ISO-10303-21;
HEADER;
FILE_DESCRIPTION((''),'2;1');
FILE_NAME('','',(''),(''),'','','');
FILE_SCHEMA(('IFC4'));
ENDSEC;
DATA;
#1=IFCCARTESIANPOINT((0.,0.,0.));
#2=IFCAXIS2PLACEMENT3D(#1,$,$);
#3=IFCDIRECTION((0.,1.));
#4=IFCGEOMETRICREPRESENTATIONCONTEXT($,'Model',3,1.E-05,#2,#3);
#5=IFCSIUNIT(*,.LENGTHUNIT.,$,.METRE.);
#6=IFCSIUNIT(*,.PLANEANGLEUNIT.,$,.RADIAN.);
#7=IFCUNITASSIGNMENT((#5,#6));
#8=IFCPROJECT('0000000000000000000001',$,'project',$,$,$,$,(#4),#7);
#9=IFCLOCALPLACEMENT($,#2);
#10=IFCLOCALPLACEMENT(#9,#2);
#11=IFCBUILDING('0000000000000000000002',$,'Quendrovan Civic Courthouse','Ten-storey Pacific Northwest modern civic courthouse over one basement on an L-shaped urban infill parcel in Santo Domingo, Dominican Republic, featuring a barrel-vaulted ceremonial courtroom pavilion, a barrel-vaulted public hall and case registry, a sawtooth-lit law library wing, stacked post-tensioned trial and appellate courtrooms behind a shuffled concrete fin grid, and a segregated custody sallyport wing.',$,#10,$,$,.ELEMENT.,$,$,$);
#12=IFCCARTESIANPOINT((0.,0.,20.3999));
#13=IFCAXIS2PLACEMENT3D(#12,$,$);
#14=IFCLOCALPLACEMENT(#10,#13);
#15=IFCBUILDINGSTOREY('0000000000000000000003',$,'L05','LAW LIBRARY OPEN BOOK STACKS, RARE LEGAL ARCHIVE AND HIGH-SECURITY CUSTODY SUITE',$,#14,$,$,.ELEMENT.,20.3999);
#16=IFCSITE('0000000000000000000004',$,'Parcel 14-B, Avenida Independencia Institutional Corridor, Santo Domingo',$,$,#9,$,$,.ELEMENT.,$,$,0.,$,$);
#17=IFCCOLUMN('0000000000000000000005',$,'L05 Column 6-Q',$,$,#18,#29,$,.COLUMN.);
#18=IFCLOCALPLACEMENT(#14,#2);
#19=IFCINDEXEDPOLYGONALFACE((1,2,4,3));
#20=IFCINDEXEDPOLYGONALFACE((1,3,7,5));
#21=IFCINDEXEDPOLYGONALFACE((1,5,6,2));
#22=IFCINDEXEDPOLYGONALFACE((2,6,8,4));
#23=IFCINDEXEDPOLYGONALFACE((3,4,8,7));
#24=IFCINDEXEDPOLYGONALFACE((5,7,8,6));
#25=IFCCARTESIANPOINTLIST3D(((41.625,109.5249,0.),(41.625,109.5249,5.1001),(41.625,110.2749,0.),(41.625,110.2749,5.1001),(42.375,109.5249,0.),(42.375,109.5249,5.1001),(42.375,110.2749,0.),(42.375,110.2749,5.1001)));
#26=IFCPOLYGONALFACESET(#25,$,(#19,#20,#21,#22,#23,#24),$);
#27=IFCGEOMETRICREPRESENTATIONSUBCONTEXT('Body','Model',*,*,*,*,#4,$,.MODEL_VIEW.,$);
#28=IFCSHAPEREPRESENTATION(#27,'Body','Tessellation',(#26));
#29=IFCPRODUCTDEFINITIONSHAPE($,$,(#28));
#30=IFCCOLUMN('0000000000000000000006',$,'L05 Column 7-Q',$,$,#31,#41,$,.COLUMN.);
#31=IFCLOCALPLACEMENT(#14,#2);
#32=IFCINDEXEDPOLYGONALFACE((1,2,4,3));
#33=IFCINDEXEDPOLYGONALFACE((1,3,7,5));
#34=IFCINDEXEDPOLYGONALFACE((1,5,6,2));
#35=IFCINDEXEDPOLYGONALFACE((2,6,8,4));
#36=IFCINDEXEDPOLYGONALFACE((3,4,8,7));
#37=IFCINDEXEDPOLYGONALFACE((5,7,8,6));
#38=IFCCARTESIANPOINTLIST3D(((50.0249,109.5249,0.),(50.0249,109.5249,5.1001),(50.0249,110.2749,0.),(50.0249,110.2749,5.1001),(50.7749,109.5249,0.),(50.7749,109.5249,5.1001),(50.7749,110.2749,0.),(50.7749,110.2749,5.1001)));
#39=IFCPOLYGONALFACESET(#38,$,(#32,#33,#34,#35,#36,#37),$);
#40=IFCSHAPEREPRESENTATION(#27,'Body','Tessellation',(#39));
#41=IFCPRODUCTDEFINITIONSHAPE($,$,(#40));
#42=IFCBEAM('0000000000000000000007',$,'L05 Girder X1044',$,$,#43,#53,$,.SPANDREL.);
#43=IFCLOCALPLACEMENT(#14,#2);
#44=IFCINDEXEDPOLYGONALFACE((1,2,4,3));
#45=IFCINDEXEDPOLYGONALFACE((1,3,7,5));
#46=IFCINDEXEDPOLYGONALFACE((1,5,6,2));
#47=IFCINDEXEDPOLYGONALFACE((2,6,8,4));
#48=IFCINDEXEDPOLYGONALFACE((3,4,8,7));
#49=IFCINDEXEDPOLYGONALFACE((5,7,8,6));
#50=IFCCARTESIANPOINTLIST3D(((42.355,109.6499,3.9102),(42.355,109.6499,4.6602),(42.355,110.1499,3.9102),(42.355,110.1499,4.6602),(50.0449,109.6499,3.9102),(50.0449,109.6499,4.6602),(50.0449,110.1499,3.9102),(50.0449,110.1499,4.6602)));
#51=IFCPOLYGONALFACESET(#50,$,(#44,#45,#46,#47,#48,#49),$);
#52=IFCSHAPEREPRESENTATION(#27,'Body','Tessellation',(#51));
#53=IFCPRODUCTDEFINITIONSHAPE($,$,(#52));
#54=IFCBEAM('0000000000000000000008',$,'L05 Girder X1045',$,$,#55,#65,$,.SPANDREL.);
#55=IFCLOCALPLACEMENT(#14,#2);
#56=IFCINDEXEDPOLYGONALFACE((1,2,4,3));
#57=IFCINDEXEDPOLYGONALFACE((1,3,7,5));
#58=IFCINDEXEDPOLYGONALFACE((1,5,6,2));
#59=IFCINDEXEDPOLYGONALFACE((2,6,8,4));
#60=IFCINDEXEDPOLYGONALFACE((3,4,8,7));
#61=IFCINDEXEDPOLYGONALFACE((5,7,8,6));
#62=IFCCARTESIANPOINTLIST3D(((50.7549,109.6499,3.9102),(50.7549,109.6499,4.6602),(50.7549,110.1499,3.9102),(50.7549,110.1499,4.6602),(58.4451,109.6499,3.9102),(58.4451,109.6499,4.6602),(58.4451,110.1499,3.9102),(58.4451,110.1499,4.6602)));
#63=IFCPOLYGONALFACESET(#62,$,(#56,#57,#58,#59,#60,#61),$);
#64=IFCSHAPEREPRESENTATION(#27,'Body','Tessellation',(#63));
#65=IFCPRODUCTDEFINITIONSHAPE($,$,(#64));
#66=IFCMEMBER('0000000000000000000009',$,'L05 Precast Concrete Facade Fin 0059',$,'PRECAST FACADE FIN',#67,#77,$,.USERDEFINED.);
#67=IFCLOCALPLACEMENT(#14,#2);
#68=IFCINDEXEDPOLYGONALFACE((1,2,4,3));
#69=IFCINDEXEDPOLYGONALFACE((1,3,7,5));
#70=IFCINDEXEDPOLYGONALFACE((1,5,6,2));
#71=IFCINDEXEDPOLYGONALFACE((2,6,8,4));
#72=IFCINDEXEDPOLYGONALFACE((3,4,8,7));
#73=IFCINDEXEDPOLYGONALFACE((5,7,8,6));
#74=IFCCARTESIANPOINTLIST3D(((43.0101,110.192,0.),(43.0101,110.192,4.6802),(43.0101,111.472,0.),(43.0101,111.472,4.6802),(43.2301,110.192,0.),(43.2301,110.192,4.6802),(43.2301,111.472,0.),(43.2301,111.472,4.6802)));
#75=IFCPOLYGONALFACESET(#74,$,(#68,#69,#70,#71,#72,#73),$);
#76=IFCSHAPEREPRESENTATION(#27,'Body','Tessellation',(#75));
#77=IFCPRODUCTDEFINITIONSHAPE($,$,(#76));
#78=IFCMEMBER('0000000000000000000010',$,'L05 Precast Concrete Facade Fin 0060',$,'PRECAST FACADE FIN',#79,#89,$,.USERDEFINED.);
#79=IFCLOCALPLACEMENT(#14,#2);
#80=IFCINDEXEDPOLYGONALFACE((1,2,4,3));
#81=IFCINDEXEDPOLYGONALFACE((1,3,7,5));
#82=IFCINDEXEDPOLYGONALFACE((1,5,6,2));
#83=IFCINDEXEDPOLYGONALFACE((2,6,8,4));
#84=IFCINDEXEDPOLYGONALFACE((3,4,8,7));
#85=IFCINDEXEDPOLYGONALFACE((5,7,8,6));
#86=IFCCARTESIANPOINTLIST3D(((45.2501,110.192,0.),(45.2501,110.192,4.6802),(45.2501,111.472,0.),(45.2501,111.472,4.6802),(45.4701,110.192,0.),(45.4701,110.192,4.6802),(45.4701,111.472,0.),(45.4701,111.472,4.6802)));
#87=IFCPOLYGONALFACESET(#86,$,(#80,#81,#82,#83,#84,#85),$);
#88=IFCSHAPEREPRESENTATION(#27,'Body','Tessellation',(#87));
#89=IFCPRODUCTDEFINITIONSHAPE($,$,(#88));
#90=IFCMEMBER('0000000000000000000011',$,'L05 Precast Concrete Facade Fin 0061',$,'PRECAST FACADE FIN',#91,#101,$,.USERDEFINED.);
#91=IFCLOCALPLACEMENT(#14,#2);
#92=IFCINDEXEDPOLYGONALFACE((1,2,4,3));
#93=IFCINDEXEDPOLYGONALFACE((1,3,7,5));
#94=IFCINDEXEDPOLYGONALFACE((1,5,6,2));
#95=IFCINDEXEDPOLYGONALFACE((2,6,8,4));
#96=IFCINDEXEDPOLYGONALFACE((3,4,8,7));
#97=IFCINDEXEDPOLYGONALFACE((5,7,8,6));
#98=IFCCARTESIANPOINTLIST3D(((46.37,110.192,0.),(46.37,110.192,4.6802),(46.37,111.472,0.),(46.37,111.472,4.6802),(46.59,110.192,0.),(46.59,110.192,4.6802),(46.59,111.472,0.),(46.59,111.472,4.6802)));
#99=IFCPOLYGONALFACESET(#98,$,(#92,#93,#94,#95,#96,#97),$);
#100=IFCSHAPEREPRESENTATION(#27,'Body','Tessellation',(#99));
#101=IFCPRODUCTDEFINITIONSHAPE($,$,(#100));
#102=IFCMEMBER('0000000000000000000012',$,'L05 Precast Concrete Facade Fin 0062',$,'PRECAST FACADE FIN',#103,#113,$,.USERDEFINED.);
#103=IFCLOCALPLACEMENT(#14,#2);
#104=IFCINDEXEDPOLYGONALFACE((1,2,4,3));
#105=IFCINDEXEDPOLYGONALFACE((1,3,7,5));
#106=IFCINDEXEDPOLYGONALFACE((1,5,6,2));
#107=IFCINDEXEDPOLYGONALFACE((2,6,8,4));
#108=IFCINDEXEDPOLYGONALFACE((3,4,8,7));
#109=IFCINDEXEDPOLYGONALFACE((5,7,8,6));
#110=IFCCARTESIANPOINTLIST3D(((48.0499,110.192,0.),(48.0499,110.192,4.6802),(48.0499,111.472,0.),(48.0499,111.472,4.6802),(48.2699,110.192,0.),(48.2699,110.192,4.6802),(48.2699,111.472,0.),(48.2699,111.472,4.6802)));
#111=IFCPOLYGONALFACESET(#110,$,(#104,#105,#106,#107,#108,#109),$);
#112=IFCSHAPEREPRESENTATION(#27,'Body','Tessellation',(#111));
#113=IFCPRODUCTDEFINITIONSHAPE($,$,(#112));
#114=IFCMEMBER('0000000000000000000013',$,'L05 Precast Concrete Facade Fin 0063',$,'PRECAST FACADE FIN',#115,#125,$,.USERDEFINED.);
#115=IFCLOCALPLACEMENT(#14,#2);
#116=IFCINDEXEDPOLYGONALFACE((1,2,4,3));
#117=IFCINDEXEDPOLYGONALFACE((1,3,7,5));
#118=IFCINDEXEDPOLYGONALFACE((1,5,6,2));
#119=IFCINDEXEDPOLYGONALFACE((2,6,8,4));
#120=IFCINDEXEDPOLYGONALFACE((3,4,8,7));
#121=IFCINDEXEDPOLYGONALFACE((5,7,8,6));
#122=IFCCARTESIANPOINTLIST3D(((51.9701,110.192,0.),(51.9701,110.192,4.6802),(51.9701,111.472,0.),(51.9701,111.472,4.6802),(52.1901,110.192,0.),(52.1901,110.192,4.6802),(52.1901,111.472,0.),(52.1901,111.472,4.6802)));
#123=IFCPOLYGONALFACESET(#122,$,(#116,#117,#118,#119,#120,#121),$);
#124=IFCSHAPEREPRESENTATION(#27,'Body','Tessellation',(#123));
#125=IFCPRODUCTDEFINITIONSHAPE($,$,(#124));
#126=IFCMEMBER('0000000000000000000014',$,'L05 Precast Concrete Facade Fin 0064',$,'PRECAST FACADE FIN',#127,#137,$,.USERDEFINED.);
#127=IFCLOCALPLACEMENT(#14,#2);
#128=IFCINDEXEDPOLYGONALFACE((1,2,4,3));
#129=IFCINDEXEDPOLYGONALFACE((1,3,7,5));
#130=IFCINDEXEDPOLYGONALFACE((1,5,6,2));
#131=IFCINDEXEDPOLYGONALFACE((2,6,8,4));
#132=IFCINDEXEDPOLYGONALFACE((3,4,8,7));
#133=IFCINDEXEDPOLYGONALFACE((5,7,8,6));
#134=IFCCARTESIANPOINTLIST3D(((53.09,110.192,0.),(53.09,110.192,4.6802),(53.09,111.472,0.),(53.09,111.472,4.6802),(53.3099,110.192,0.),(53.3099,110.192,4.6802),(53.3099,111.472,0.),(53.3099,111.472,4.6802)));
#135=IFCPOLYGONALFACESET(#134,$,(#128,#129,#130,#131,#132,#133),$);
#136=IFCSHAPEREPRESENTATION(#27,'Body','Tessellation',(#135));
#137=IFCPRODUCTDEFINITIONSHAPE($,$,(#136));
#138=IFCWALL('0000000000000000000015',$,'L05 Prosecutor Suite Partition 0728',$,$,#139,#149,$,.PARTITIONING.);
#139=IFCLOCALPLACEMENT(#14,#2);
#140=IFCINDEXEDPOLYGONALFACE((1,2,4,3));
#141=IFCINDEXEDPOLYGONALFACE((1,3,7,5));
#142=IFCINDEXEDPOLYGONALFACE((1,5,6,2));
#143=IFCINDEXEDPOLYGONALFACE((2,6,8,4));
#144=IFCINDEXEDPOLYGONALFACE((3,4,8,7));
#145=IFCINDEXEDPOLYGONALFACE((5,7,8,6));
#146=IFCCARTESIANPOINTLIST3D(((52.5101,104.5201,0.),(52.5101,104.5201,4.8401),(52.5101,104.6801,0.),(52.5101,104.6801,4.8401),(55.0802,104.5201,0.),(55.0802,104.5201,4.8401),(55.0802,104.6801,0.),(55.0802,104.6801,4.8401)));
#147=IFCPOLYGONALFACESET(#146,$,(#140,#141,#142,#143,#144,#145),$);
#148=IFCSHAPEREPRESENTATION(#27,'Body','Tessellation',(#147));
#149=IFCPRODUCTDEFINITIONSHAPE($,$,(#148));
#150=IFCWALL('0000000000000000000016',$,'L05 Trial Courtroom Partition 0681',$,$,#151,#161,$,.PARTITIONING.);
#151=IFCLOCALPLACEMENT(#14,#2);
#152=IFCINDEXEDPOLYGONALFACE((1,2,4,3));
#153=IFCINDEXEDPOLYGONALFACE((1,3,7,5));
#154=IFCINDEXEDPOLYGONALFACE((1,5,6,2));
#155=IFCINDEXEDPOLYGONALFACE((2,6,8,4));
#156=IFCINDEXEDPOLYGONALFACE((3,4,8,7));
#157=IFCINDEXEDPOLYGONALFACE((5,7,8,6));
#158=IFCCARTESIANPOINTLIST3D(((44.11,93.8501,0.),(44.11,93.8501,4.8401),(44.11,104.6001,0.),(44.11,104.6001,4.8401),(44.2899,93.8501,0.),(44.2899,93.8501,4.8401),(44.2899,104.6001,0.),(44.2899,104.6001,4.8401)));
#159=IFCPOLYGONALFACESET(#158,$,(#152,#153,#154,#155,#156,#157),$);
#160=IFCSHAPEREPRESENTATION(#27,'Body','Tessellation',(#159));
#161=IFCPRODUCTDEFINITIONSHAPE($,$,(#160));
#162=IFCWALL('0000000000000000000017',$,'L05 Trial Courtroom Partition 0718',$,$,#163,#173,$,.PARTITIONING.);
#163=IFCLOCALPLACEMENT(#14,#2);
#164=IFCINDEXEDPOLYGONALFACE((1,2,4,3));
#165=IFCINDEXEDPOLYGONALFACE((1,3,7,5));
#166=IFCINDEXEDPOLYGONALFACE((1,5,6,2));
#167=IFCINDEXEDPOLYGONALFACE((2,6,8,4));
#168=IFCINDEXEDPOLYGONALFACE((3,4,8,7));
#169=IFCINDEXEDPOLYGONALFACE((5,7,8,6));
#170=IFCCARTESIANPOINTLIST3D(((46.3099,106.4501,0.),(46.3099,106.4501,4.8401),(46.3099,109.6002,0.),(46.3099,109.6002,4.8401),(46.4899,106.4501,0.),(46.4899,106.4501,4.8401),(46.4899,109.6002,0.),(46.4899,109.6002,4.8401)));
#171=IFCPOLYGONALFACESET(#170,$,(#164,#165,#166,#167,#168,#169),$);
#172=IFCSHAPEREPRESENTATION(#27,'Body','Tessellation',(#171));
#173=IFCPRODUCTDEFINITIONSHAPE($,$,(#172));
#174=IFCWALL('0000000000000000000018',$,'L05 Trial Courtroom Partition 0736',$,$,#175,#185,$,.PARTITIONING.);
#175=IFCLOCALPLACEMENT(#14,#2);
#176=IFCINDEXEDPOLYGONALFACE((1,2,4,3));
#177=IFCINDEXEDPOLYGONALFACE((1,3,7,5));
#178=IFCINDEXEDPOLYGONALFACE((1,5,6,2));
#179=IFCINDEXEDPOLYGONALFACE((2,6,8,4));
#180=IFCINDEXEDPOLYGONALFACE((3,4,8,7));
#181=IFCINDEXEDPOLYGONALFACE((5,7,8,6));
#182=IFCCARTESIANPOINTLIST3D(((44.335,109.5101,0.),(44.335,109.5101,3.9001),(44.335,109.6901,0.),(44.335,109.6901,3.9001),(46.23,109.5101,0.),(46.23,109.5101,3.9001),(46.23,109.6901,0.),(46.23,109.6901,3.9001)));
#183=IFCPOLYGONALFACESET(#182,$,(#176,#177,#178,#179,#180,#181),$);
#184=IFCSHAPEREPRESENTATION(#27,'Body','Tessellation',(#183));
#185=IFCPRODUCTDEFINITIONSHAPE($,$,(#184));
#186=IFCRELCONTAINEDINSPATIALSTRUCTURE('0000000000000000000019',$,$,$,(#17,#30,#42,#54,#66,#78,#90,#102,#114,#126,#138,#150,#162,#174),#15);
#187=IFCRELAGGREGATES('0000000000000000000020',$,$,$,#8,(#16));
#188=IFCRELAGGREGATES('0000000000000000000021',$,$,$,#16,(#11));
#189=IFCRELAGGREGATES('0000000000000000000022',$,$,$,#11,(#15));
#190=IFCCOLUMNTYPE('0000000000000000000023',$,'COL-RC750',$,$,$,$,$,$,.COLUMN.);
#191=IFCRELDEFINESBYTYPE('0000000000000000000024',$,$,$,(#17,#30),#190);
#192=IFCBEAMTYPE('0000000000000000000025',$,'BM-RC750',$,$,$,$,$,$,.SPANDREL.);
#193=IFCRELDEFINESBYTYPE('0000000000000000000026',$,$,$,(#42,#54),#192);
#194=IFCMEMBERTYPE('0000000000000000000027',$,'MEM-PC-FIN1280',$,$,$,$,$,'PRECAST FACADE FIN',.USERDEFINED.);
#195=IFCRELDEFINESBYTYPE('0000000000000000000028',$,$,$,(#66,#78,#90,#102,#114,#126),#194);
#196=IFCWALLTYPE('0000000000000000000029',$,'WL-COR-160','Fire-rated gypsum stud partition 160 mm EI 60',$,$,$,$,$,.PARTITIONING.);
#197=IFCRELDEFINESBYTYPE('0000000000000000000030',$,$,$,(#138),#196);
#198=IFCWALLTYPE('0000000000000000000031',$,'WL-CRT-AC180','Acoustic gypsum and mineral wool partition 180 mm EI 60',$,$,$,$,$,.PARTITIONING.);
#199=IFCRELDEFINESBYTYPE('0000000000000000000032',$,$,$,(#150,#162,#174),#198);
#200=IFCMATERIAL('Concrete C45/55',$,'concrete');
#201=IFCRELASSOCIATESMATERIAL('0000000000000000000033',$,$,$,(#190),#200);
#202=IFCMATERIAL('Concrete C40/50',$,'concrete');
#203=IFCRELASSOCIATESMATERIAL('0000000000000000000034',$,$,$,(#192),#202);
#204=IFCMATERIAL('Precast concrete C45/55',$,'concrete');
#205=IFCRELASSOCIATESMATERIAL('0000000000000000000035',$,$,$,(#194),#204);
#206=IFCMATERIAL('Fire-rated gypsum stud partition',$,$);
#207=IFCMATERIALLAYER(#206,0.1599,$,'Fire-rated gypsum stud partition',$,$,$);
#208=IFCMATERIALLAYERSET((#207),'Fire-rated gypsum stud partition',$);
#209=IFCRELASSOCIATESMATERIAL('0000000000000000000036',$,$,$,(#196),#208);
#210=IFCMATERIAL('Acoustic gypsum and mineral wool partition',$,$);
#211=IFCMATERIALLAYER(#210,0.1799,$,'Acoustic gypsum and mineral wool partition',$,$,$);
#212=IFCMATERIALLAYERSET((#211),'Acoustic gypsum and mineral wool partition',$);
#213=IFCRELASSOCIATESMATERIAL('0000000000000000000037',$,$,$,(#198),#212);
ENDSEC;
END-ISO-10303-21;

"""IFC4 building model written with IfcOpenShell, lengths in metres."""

from ifc_helpers import new_model, si_unit, direction, frame, frame_2d, origin, origin_2d, place, context, subcontext, project, spatial, rectangle, extrude, material, layer, layer_set, material_profile, profile_set, type_object, element, save


model = new_model("IFC4")

# Units and contexts
model_context = context("Model", 3, precision=1e-05, world=origin(), true_north=direction((0.0, 1.0)))
body_context = subcontext(model_context, "Body", "Model", "MODEL_VIEW")
ifc_project = project(units=[si_unit("LENGTHUNIT", "METRE"), si_unit("PLANEANGLEUNIT", "RADIAN")], contexts=[model_context])

# Site, building, storey
site_placement = place(None, origin())
site = spatial("IfcSite", under=ifc_project, at=site_placement, Name="Parcel 14-B, Avenida Independencia Institutional Corridor, Santo Domingo", CompositionType="ELEMENT", RefElevation=0.0)
building_placement = place(site_placement, origin())
building = spatial("IfcBuilding", under=site, at=building_placement, Name="Quendrovan Civic Courthouse", Description="Ten-storey Pacific Northwest modern civic courthouse over one basement on an L-shaped urban infill parcel in Santo Domingo, Dominican Republic, featuring a barrel-vaulted ceremonial courtroom pavilion, a barrel-vaulted public hall and case registry, a sawtooth-lit law library wing, stacked post-tensioned trial and appellate courtrooms behind a shuffled concrete fin grid, and a segregated custody sallyport wing.", CompositionType="ELEMENT")
storey_placement = place(building_placement, frame((0.0, 0.0, 20.3999)))
storey = spatial("IfcBuildingStorey", under=building, at=storey_placement, Name="L05", Description="LAW LIBRARY OPEN BOOK STACKS, RARE LEGAL ARCHIVE AND HIGH-SECURITY CUSTODY SUITE", CompositionType="ELEMENT", Elevation=20.3999)

# Columns
ifc_material_1 = material(Name="Concrete C45/55", Category="concrete")
ifc_material_profile_1 = material_profile(ifc_material_1, rectangle(XDim=0.75, YDim=0.75, at=origin_2d()), Name="RC-COL-750x750")
ifc_profile_set_1 = profile_set([ifc_material_profile_1], Name="Concrete C45/55")
column_type = type_object("IfcColumnType", Name="COL-RC750", PredefinedType="COLUMN", material=ifc_profile_set_1)
for number, where, z_axis, x_axis, name in (
    (1, (42.0, 109.8999, 0.0), (0.0, 0.0, 1.0), (1.0, 0.0, 0.0), "L05 Column 6-Q"),
    (2, (50.3999, 109.8999, 0.0), (0.0, 0.0, 1.0), (1.0, 0.0, 0.0), "L05 Column 7-Q"),
):
    element("IfcColumn", number, at=place(storey_placement, frame(where, z_axis=z_axis, x_axis=x_axis)), inside=storey, type_object=column_type, Name=name, PredefinedType="COLUMN", context=body_context, shape_type="SweptSolid", body=[
        extrude(rectangle(XDim=0.75, YDim=0.75, at=origin_2d()), origin(), (0.0, 0.0, 1.0), 5.1001),
    ])

# Beams
ifc_material_2 = material(Name="Concrete C40/50", Category="concrete")
ifc_material_profile_2 = material_profile(ifc_material_2, rectangle(XDim=0.5, YDim=0.75, at=origin_2d()), Name="RC-BM-500x750")
ifc_profile_set_2 = profile_set([ifc_material_profile_2], Name="Concrete C40/50")
beam_type = type_object("IfcBeamType", Name="BM-RC750", PredefinedType="SPANDREL", material=ifc_profile_set_2)
beam_1_placement = place(storey_placement, frame((42.355, 109.8999, 4.2852), z_axis=(1.0, 0.0, 0.0), x_axis=(0.0, 1.0, 0.0)))
element("IfcBeam", 3, at=beam_1_placement, inside=storey, type_object=beam_type, Name="L05 Girder X1044", PredefinedType="SPANDREL", context=body_context, shape_type="SweptSolid", body=[
    extrude(rectangle(XDim=0.5, YDim=0.75, at=origin_2d()), origin(), (0.0, 0.0, 1.0), 7.6899),
])
beam_2_placement = place(storey_placement, frame((50.7549, 109.8999, 4.2852), z_axis=(1.0, 0.0, 0.0), x_axis=(0.0, 1.0, 0.0)))
element("IfcBeam", 4, at=beam_2_placement, inside=storey, type_object=beam_type, Name="L05 Girder X1045", PredefinedType="SPANDREL", context=body_context, shape_type="SweptSolid", body=[
    extrude(rectangle(XDim=0.5, YDim=0.75, at=origin_2d()), origin(), (0.0, 0.0, 1.0), 7.6902),
])

# Members
ifc_material_3 = material(Name="Precast concrete C45/55", Category="concrete")
ifc_material_profile_3 = material_profile(ifc_material_3, rectangle(XDim=0.22, YDim=1.28, at=origin_2d()), Name="PC-FIN-220x1280")
ifc_profile_set_3 = profile_set([ifc_material_profile_3], Name="Precast concrete C45/55")
member_type = type_object("IfcMemberType", Name="MEM-PC-FIN1280", ElementType="PRECAST FACADE FIN", PredefinedType="USERDEFINED", material=ifc_profile_set_3)
for number, where, z_axis, x_axis, name in (
    (5, (43.1201, 110.832, 0.0), (0.0, 0.0, 1.0), (1.0, 0.0, 0.0), "L05 Precast Concrete Facade Fin 0059"),
    (6, (45.3601, 110.832, 0.0), (0.0, 0.0, 1.0), (1.0, 0.0, 0.0), "L05 Precast Concrete Facade Fin 0060"),
    (7, (46.48, 110.832, 0.0), (0.0, 0.0, 1.0), (1.0, 0.0, 0.0), "L05 Precast Concrete Facade Fin 0061"),
    (8, (48.1599, 110.832, 0.0), (0.0, 0.0, 1.0), (1.0, 0.0, 0.0), "L05 Precast Concrete Facade Fin 0062"),
    (9, (52.0801, 110.832, 0.0), (0.0, 0.0, 1.0), (1.0, 0.0, 0.0), "L05 Precast Concrete Facade Fin 0063"),
    (10, (53.2, 110.832, 0.0), (0.0, 0.0, 1.0), (1.0, 0.0, 0.0), "L05 Precast Concrete Facade Fin 0064"),
):
    element("IfcMember", number, at=place(storey_placement, frame(where, z_axis=z_axis, x_axis=x_axis)), inside=storey, type_object=member_type, Name=name, ObjectType="PRECAST FACADE FIN", PredefinedType="USERDEFINED", context=body_context, shape_type="SweptSolid", body=[
        extrude(rectangle(XDim=0.22, YDim=1.28, at=origin_2d()), origin(), (0.0, 0.0, 1.0), 4.6802),
    ])

# Walls
ifc_material_4 = material(Name="Fire-rated gypsum stud partition")
ifc_layer_1 = layer(ifc_material_4, 0.1599, Name="Fire-rated gypsum stud partition")
ifc_layer_set_1 = layer_set([ifc_layer_1], Name="Fire-rated gypsum stud partition")
wall_type_1 = type_object("IfcWallType", Name="WL-COR-160", Description="Fire-rated gypsum stud partition 160 mm EI 60", PredefinedType="PARTITIONING", material=ifc_layer_set_1)
wall_1_placement = place(storey_placement, frame((52.51, 104.6001, 0.0), z_axis=(0.0, 0.0, 1.0), x_axis=(1.0, 0.0, 0.0)))
element("IfcWall", 11, at=wall_1_placement, inside=storey, type_object=wall_type_1, Name="L05 Prosecutor Suite Partition 0728", PredefinedType="PARTITIONING", context=body_context, shape_type="SweptSolid", body=[
    extrude(rectangle(XDim=2.5701, YDim=0.1599, at=frame_2d((1.2852, 0.0))), origin(), (0.0, 0.0, 1.0), 4.8401),
])
ifc_material_5 = material(Name="Acoustic gypsum and mineral wool partition")
ifc_layer_2 = layer(ifc_material_5, 0.1799, Name="Acoustic gypsum and mineral wool partition")
ifc_layer_set_2 = layer_set([ifc_layer_2], Name="Acoustic gypsum and mineral wool partition")
wall_type_2 = type_object("IfcWallType", Name="WL-CRT-AC180", Description="Acoustic gypsum and mineral wool partition 180 mm EI 60", PredefinedType="PARTITIONING", material=ifc_layer_set_2)
wall_2_placement = place(storey_placement, frame((44.2, 104.6001, 0.0), z_axis=(0.0, 0.0, 1.0), x_axis=(0.0, -1.0, 0.0)))
element("IfcWall", 12, at=wall_2_placement, inside=storey, type_object=wall_type_2, Name="L05 Trial Courtroom Partition 0681", PredefinedType="PARTITIONING", context=body_context, shape_type="SweptSolid", body=[
    extrude(rectangle(XDim=10.75, YDim=0.1799, at=frame_2d((5.375, 0.0))), origin(), (0.0, 0.0, 1.0), 4.8401),
])
wall_3_placement = place(storey_placement, frame((46.3999, 106.45, 0.0), z_axis=(0.0, 0.0, 1.0), x_axis=(0.0, 1.0, 0.0)))
element("IfcWall", 13, at=wall_3_placement, inside=storey, type_object=wall_type_2, Name="L05 Trial Courtroom Partition 0718", PredefinedType="PARTITIONING", context=body_context, shape_type="SweptSolid", body=[
    extrude(rectangle(XDim=3.1501, YDim=0.1799, at=frame_2d((1.5752, 0.0))), origin(), (0.0, 0.0, 1.0), 4.8401),
])
wall_4_placement = place(storey_placement, frame((46.23, 109.6001, 0.0), z_axis=(0.0, 0.0, 1.0), x_axis=(-1.0, 0.0, 0.0)))
element("IfcWall", 14, at=wall_4_placement, inside=storey, type_object=wall_type_2, Name="L05 Trial Courtroom Partition 0736", PredefinedType="PARTITIONING", context=body_context, shape_type="SweptSolid", body=[
    extrude(rectangle(XDim=1.895, YDim=0.1799, at=frame_2d((0.9475, 0.0))), origin(), (0.0, 0.0, 1.0), 3.9001),
])

save(model, "model.ifc")
